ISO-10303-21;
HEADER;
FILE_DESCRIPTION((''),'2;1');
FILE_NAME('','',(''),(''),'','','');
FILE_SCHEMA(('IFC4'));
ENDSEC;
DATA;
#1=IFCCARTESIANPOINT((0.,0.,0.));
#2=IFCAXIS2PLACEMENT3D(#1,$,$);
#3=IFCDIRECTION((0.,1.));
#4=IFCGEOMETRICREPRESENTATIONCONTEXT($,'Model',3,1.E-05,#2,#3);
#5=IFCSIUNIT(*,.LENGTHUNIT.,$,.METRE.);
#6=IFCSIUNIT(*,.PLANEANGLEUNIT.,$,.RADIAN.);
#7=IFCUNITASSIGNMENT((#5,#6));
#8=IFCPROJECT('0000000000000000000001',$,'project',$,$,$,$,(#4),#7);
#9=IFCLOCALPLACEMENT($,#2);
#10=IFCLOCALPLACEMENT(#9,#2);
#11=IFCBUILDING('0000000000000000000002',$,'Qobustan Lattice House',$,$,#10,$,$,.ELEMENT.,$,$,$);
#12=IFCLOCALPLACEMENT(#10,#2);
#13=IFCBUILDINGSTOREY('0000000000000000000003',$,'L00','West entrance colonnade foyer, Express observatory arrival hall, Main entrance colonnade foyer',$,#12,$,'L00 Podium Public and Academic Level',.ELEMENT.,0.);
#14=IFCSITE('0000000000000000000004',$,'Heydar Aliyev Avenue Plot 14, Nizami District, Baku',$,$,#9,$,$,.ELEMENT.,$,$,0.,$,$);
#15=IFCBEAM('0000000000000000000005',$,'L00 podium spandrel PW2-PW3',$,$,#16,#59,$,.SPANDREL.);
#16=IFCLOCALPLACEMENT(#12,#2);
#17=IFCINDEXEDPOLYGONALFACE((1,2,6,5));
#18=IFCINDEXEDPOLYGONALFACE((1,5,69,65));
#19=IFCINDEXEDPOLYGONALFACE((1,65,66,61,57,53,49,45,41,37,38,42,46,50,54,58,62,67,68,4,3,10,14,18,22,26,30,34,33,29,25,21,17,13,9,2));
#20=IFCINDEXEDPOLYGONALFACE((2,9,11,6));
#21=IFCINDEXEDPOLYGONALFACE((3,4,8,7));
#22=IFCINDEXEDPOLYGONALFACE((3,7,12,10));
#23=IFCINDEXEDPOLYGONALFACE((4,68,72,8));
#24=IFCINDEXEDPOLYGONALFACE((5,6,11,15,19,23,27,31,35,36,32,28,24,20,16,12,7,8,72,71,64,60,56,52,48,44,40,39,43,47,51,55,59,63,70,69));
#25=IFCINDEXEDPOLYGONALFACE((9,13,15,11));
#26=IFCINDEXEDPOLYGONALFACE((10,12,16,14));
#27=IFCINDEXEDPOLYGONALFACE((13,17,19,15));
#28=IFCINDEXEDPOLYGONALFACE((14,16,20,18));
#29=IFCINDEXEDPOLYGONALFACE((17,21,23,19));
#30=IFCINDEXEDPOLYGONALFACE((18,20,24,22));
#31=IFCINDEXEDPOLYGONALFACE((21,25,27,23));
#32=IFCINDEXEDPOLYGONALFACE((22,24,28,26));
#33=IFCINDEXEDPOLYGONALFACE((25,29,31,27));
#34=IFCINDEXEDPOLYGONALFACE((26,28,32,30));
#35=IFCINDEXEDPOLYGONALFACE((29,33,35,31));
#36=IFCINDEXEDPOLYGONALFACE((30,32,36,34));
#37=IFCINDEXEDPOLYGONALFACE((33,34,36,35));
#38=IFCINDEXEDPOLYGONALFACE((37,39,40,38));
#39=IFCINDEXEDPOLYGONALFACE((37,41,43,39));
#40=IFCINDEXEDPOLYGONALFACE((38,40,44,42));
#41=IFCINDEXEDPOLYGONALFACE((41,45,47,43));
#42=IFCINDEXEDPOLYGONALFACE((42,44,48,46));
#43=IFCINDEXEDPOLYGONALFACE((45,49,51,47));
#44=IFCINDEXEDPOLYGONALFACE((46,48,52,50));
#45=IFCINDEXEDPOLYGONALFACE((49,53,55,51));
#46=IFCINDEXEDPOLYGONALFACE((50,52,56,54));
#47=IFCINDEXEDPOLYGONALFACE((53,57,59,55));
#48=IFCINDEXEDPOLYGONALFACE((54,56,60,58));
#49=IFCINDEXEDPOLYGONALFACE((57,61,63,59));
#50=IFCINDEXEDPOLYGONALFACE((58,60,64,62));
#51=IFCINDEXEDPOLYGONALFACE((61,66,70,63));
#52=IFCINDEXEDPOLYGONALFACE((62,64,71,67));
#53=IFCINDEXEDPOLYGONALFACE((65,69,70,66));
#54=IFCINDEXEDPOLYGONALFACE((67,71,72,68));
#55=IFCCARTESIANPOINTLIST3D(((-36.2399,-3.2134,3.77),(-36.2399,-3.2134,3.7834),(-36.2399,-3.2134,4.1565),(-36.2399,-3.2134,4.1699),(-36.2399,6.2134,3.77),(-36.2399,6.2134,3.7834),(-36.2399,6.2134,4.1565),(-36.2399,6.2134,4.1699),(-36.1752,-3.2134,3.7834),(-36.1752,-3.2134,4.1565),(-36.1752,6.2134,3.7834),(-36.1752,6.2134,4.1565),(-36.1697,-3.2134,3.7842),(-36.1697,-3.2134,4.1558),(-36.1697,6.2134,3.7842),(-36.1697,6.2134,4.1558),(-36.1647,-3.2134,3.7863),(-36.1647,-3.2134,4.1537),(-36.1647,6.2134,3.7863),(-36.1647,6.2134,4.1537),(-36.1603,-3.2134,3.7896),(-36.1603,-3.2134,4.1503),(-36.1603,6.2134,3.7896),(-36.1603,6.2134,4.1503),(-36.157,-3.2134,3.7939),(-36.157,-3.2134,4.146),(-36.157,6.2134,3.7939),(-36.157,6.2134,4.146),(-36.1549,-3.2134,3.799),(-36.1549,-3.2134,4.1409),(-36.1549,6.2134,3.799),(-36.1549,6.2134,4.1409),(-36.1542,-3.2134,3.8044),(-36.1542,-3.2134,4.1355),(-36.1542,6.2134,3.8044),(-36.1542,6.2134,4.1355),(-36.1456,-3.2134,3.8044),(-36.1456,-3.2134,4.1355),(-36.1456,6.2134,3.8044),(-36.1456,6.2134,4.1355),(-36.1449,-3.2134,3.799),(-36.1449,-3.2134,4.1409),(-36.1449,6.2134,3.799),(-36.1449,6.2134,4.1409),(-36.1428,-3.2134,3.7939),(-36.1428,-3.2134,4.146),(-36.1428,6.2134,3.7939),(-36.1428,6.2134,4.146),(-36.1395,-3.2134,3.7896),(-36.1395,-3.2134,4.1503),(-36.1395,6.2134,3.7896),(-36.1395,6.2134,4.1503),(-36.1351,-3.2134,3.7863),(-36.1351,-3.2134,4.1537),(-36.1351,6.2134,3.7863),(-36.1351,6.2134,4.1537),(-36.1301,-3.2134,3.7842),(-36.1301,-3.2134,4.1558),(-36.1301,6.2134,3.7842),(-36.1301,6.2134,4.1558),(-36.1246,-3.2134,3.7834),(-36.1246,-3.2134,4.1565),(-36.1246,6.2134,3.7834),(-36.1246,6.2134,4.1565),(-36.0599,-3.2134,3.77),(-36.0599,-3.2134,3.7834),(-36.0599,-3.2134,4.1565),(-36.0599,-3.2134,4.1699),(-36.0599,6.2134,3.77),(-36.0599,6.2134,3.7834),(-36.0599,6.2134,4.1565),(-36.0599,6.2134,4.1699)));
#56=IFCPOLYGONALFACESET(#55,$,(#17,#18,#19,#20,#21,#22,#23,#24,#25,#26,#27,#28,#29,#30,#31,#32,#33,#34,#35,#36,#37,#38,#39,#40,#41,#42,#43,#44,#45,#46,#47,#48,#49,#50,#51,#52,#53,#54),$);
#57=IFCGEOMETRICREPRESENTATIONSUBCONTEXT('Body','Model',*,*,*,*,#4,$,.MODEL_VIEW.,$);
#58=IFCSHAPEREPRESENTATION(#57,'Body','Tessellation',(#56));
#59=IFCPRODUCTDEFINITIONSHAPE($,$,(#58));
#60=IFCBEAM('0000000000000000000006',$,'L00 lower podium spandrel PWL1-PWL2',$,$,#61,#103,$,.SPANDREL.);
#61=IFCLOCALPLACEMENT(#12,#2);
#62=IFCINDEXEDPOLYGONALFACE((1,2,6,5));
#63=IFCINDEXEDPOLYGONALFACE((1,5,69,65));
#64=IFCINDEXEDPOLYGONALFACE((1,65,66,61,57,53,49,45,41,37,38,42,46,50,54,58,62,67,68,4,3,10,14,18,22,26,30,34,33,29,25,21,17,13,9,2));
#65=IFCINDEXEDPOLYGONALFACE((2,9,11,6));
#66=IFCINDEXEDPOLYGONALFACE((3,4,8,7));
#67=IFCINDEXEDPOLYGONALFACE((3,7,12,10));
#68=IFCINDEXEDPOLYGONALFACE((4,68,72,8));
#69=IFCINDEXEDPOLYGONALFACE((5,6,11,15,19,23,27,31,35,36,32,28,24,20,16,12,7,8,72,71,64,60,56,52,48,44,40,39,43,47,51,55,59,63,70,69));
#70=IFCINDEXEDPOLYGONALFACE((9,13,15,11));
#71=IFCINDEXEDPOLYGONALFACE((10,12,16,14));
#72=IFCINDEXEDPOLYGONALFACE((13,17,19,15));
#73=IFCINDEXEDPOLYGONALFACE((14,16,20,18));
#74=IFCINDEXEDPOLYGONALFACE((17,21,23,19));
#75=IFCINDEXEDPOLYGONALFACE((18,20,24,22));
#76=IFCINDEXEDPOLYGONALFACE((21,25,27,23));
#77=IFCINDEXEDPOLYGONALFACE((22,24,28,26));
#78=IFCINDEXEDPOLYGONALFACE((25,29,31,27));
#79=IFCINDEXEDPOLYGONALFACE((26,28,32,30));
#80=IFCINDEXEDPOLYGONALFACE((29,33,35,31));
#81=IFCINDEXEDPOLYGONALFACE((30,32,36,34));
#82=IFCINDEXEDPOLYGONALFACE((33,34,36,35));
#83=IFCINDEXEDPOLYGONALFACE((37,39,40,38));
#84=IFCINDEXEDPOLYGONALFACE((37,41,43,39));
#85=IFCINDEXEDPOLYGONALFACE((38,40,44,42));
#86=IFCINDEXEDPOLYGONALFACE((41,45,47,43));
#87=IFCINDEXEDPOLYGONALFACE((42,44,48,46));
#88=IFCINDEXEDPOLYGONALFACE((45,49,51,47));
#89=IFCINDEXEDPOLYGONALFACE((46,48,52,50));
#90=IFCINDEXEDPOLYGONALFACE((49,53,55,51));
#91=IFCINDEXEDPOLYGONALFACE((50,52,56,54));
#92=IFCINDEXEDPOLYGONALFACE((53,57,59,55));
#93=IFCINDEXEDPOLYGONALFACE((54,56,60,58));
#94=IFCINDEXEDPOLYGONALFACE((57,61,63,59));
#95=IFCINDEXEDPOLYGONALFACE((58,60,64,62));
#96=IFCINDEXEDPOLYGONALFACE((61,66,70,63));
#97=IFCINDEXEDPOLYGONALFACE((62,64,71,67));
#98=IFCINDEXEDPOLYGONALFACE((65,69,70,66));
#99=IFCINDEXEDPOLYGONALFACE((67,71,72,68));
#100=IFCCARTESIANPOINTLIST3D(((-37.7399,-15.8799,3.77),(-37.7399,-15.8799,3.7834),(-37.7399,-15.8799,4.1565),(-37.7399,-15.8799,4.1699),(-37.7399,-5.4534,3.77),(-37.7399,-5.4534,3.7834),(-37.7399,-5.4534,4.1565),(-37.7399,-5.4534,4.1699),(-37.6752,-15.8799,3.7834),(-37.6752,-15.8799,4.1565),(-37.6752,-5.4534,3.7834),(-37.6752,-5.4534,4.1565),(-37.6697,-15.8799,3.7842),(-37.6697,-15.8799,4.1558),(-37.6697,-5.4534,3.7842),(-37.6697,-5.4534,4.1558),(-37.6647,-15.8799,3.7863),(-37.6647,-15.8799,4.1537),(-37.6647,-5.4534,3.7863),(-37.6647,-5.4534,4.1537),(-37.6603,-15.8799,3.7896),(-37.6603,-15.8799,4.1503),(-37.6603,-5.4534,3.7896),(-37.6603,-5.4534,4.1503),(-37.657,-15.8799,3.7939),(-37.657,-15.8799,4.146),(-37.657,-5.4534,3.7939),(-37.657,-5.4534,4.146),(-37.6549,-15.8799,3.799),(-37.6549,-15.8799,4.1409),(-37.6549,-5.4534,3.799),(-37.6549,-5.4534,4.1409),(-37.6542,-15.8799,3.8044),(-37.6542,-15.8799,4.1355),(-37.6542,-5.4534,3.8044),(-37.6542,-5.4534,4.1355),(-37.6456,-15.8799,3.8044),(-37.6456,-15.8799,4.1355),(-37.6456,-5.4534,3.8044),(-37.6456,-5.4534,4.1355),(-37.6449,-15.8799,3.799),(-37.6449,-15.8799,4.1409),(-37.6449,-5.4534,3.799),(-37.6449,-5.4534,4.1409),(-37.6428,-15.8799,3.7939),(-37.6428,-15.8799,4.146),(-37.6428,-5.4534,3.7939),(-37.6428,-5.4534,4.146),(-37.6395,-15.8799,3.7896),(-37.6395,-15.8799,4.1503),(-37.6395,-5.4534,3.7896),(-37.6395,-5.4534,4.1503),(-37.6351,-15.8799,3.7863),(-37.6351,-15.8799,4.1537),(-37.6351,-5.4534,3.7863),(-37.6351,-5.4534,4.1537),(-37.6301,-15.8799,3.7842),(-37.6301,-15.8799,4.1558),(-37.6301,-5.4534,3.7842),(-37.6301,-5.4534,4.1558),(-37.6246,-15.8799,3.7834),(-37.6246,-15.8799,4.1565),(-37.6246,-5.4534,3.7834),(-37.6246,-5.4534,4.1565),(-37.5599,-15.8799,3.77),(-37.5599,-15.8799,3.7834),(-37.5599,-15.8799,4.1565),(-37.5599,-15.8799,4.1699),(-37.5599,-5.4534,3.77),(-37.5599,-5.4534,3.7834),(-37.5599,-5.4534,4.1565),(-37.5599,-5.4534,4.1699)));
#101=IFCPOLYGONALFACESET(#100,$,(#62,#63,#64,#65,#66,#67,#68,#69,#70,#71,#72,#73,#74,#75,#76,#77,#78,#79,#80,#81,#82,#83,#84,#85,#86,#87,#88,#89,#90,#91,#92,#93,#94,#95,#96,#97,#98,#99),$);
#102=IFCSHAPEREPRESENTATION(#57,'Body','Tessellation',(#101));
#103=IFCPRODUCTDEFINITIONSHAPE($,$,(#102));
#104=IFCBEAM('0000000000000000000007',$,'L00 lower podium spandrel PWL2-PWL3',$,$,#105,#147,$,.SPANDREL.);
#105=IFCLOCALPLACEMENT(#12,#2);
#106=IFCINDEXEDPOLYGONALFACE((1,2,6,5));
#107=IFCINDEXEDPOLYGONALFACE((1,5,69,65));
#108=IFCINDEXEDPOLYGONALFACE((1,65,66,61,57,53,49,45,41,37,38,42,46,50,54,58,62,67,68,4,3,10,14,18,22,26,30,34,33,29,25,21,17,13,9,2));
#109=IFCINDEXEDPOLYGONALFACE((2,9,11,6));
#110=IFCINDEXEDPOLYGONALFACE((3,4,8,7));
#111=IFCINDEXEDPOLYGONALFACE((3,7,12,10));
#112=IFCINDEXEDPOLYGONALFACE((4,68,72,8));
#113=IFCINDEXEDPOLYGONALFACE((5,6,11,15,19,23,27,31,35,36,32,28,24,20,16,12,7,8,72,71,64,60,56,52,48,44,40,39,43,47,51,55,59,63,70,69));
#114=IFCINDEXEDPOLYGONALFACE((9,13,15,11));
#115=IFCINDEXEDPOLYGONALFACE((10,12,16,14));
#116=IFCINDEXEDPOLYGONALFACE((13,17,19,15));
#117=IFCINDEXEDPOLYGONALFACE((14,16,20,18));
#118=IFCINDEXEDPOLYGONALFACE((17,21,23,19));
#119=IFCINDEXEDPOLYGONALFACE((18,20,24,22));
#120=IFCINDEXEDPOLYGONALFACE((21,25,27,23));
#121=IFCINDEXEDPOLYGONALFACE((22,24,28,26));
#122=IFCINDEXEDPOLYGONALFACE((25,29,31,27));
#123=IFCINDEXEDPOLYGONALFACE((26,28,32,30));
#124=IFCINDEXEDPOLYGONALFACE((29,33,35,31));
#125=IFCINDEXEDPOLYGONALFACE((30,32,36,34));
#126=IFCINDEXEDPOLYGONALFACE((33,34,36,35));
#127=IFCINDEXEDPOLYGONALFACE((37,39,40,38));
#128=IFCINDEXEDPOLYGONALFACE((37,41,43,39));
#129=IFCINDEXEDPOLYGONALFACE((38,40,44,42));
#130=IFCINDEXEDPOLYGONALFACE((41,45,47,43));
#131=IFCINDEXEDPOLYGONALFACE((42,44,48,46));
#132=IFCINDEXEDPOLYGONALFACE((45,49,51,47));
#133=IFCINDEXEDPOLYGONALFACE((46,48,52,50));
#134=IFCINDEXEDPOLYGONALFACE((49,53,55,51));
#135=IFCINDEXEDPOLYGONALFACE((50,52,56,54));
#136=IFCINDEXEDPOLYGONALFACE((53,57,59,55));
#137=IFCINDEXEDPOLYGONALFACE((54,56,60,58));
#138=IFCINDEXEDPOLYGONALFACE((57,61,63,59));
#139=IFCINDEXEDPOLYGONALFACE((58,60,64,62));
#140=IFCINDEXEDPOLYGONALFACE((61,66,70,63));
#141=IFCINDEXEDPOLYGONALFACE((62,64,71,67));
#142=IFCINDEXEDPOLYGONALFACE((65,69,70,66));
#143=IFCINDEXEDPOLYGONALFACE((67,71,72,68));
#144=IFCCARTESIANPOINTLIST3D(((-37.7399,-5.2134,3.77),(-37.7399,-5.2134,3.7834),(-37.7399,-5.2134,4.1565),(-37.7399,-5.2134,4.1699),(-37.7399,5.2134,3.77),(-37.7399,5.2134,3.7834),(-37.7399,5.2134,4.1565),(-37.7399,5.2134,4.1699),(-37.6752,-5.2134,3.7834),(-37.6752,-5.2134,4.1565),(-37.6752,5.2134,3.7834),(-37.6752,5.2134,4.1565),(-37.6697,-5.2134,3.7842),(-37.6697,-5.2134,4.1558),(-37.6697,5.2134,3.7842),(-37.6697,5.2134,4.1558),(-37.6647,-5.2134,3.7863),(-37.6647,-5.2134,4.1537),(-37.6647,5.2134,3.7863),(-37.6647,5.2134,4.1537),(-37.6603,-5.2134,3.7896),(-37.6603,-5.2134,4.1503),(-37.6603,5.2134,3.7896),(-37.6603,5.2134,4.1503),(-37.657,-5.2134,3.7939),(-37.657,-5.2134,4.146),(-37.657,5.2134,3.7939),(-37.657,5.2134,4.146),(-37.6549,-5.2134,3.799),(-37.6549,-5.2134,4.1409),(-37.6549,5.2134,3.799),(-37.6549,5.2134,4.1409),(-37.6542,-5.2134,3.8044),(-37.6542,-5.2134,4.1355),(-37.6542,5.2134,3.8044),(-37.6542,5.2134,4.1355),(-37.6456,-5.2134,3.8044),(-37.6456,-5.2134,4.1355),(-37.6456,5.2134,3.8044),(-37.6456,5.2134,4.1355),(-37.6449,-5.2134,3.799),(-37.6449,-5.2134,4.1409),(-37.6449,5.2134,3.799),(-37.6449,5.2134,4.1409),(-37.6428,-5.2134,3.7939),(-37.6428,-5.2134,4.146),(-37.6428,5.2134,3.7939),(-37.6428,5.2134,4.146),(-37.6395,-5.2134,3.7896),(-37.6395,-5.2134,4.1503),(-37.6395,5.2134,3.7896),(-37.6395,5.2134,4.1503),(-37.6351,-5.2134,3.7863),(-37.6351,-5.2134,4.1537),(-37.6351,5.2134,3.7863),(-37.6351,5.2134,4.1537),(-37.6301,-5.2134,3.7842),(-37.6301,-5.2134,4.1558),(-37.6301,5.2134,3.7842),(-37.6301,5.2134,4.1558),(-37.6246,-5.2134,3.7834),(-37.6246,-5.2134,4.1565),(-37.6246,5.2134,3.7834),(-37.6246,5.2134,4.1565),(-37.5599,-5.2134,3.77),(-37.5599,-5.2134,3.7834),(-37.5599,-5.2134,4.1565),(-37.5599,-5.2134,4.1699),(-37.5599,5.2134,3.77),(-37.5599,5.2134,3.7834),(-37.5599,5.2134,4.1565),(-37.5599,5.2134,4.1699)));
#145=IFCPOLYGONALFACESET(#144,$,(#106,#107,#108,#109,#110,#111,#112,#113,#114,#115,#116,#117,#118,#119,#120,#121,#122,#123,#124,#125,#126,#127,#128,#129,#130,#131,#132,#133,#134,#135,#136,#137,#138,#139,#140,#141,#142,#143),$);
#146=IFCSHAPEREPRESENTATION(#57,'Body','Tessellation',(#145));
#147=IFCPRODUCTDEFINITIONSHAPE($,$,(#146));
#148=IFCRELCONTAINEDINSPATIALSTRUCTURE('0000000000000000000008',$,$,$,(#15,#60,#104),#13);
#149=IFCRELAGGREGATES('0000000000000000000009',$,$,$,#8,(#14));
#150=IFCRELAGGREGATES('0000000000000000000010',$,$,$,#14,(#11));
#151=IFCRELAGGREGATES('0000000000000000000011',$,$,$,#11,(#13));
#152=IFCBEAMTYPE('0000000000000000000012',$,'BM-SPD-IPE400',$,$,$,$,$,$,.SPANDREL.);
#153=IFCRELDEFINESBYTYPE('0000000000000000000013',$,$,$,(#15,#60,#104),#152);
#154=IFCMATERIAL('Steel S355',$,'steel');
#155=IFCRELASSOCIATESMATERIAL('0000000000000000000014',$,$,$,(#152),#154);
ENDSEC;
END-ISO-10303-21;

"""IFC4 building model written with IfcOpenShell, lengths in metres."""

from ifc_helpers import new_model, si_unit, direction, frame, origin, origin_2d, place, context, subcontext, project, spatial, i_section, extrude, material, material_profile, profile_set, type_object, element, save


model = new_model("IFC4")

# Units and contexts
model_context = context("Model", 3, precision=1e-05, world=origin(), true_north=direction((0.0, 1.0)))
body_context = subcontext(model_context, "Body", "Model", "MODEL_VIEW")
ifc_project = project(units=[si_unit("LENGTHUNIT", "METRE"), si_unit("PLANEANGLEUNIT", "RADIAN")], contexts=[model_context])

# Site, building, storey
site_placement = place(None, origin())
site = spatial("IfcSite", under=ifc_project, at=site_placement, Name="Heydar Aliyev Avenue Plot 14, Nizami District, Baku", CompositionType="ELEMENT", RefElevation=0.0)
building_placement = place(site_placement, origin())
building = spatial("IfcBuilding", under=site, at=building_placement, Name="Qobustan Lattice House", CompositionType="ELEMENT")
storey_placement = place(building_placement, origin())
storey = spatial("IfcBuildingStorey", under=building, at=storey_placement, Name="L00", Description="West entrance colonnade foyer, Express observatory arrival hall, Main entrance colonnade foyer", LongName="L00 Podium Public and Academic Level", CompositionType="ELEMENT", Elevation=0.0)

# Beams
ifc_material_1 = material(Name="Steel S355", Category="steel")
ifc_material_profile_1 = material_profile(ifc_material_1, i_section(OverallWidth=0.1799, OverallDepth=0.3999, WebThickness=0.0085, FlangeThickness=0.0134, FilletRadius=0.021, at=origin_2d()), Name="IPE400")
ifc_profile_set_1 = profile_set([ifc_material_profile_1], Name="Steel S355")
beam_type_1 = type_object("IfcBeamType", Name="BM-SPD-IPE400", PredefinedType="SPANDREL", material=ifc_profile_set_1)
beam_1_placement = place(storey_placement, frame((-36.1499, -3.2134, 3.97), z_axis=(0.0, 1.0, 0.0), x_axis=(-1.0, 0.0, 0.0)))
element("IfcBeam", 1, at=beam_1_placement, inside=storey, type_object=beam_type_1, Name="L00 podium spandrel PW2-PW3", PredefinedType="SPANDREL", context=body_context, shape_type="SweptSolid", body=[
    extrude(i_section(OverallWidth=0.1799, OverallDepth=0.3999, WebThickness=0.0085, FlangeThickness=0.0134, FilletRadius=0.021, at=origin_2d()), origin(), (0.0, 0.0, 1.0), 9.4268),
])
beam_2_placement = place(storey_placement, frame((-37.6499, -15.8799, 3.97), z_axis=(0.0, 1.0, 0.0), x_axis=(-1.0, 0.0, 0.0)))
element("IfcBeam", 2, at=beam_2_placement, inside=storey, type_object=beam_type_1, Name="L00 lower podium spandrel PWL1-PWL2", PredefinedType="SPANDREL", context=body_context, shape_type="SweptSolid", body=[
    extrude(i_section(OverallWidth=0.1799, OverallDepth=0.3999, WebThickness=0.0085, FlangeThickness=0.0134, FilletRadius=0.021, at=origin_2d()), origin(), (0.0, 0.0, 1.0), 10.4265),
])
beam_3_placement = place(storey_placement, frame((-37.6499, -5.2134, 3.97), z_axis=(0.0, 1.0, 0.0), x_axis=(-1.0, 0.0, 0.0)))
element("IfcBeam", 3, at=beam_3_placement, inside=storey, type_object=beam_type_1, Name="L00 lower podium spandrel PWL2-PWL3", PredefinedType="SPANDREL", context=body_context, shape_type="SweptSolid", body=[
    extrude(i_section(OverallWidth=0.1799, OverallDepth=0.3999, WebThickness=0.0085, FlangeThickness=0.0134, FilletRadius=0.021, at=origin_2d()), origin(), (0.0, 0.0, 1.0), 10.4268),
])

save(model, "model.ifc")
